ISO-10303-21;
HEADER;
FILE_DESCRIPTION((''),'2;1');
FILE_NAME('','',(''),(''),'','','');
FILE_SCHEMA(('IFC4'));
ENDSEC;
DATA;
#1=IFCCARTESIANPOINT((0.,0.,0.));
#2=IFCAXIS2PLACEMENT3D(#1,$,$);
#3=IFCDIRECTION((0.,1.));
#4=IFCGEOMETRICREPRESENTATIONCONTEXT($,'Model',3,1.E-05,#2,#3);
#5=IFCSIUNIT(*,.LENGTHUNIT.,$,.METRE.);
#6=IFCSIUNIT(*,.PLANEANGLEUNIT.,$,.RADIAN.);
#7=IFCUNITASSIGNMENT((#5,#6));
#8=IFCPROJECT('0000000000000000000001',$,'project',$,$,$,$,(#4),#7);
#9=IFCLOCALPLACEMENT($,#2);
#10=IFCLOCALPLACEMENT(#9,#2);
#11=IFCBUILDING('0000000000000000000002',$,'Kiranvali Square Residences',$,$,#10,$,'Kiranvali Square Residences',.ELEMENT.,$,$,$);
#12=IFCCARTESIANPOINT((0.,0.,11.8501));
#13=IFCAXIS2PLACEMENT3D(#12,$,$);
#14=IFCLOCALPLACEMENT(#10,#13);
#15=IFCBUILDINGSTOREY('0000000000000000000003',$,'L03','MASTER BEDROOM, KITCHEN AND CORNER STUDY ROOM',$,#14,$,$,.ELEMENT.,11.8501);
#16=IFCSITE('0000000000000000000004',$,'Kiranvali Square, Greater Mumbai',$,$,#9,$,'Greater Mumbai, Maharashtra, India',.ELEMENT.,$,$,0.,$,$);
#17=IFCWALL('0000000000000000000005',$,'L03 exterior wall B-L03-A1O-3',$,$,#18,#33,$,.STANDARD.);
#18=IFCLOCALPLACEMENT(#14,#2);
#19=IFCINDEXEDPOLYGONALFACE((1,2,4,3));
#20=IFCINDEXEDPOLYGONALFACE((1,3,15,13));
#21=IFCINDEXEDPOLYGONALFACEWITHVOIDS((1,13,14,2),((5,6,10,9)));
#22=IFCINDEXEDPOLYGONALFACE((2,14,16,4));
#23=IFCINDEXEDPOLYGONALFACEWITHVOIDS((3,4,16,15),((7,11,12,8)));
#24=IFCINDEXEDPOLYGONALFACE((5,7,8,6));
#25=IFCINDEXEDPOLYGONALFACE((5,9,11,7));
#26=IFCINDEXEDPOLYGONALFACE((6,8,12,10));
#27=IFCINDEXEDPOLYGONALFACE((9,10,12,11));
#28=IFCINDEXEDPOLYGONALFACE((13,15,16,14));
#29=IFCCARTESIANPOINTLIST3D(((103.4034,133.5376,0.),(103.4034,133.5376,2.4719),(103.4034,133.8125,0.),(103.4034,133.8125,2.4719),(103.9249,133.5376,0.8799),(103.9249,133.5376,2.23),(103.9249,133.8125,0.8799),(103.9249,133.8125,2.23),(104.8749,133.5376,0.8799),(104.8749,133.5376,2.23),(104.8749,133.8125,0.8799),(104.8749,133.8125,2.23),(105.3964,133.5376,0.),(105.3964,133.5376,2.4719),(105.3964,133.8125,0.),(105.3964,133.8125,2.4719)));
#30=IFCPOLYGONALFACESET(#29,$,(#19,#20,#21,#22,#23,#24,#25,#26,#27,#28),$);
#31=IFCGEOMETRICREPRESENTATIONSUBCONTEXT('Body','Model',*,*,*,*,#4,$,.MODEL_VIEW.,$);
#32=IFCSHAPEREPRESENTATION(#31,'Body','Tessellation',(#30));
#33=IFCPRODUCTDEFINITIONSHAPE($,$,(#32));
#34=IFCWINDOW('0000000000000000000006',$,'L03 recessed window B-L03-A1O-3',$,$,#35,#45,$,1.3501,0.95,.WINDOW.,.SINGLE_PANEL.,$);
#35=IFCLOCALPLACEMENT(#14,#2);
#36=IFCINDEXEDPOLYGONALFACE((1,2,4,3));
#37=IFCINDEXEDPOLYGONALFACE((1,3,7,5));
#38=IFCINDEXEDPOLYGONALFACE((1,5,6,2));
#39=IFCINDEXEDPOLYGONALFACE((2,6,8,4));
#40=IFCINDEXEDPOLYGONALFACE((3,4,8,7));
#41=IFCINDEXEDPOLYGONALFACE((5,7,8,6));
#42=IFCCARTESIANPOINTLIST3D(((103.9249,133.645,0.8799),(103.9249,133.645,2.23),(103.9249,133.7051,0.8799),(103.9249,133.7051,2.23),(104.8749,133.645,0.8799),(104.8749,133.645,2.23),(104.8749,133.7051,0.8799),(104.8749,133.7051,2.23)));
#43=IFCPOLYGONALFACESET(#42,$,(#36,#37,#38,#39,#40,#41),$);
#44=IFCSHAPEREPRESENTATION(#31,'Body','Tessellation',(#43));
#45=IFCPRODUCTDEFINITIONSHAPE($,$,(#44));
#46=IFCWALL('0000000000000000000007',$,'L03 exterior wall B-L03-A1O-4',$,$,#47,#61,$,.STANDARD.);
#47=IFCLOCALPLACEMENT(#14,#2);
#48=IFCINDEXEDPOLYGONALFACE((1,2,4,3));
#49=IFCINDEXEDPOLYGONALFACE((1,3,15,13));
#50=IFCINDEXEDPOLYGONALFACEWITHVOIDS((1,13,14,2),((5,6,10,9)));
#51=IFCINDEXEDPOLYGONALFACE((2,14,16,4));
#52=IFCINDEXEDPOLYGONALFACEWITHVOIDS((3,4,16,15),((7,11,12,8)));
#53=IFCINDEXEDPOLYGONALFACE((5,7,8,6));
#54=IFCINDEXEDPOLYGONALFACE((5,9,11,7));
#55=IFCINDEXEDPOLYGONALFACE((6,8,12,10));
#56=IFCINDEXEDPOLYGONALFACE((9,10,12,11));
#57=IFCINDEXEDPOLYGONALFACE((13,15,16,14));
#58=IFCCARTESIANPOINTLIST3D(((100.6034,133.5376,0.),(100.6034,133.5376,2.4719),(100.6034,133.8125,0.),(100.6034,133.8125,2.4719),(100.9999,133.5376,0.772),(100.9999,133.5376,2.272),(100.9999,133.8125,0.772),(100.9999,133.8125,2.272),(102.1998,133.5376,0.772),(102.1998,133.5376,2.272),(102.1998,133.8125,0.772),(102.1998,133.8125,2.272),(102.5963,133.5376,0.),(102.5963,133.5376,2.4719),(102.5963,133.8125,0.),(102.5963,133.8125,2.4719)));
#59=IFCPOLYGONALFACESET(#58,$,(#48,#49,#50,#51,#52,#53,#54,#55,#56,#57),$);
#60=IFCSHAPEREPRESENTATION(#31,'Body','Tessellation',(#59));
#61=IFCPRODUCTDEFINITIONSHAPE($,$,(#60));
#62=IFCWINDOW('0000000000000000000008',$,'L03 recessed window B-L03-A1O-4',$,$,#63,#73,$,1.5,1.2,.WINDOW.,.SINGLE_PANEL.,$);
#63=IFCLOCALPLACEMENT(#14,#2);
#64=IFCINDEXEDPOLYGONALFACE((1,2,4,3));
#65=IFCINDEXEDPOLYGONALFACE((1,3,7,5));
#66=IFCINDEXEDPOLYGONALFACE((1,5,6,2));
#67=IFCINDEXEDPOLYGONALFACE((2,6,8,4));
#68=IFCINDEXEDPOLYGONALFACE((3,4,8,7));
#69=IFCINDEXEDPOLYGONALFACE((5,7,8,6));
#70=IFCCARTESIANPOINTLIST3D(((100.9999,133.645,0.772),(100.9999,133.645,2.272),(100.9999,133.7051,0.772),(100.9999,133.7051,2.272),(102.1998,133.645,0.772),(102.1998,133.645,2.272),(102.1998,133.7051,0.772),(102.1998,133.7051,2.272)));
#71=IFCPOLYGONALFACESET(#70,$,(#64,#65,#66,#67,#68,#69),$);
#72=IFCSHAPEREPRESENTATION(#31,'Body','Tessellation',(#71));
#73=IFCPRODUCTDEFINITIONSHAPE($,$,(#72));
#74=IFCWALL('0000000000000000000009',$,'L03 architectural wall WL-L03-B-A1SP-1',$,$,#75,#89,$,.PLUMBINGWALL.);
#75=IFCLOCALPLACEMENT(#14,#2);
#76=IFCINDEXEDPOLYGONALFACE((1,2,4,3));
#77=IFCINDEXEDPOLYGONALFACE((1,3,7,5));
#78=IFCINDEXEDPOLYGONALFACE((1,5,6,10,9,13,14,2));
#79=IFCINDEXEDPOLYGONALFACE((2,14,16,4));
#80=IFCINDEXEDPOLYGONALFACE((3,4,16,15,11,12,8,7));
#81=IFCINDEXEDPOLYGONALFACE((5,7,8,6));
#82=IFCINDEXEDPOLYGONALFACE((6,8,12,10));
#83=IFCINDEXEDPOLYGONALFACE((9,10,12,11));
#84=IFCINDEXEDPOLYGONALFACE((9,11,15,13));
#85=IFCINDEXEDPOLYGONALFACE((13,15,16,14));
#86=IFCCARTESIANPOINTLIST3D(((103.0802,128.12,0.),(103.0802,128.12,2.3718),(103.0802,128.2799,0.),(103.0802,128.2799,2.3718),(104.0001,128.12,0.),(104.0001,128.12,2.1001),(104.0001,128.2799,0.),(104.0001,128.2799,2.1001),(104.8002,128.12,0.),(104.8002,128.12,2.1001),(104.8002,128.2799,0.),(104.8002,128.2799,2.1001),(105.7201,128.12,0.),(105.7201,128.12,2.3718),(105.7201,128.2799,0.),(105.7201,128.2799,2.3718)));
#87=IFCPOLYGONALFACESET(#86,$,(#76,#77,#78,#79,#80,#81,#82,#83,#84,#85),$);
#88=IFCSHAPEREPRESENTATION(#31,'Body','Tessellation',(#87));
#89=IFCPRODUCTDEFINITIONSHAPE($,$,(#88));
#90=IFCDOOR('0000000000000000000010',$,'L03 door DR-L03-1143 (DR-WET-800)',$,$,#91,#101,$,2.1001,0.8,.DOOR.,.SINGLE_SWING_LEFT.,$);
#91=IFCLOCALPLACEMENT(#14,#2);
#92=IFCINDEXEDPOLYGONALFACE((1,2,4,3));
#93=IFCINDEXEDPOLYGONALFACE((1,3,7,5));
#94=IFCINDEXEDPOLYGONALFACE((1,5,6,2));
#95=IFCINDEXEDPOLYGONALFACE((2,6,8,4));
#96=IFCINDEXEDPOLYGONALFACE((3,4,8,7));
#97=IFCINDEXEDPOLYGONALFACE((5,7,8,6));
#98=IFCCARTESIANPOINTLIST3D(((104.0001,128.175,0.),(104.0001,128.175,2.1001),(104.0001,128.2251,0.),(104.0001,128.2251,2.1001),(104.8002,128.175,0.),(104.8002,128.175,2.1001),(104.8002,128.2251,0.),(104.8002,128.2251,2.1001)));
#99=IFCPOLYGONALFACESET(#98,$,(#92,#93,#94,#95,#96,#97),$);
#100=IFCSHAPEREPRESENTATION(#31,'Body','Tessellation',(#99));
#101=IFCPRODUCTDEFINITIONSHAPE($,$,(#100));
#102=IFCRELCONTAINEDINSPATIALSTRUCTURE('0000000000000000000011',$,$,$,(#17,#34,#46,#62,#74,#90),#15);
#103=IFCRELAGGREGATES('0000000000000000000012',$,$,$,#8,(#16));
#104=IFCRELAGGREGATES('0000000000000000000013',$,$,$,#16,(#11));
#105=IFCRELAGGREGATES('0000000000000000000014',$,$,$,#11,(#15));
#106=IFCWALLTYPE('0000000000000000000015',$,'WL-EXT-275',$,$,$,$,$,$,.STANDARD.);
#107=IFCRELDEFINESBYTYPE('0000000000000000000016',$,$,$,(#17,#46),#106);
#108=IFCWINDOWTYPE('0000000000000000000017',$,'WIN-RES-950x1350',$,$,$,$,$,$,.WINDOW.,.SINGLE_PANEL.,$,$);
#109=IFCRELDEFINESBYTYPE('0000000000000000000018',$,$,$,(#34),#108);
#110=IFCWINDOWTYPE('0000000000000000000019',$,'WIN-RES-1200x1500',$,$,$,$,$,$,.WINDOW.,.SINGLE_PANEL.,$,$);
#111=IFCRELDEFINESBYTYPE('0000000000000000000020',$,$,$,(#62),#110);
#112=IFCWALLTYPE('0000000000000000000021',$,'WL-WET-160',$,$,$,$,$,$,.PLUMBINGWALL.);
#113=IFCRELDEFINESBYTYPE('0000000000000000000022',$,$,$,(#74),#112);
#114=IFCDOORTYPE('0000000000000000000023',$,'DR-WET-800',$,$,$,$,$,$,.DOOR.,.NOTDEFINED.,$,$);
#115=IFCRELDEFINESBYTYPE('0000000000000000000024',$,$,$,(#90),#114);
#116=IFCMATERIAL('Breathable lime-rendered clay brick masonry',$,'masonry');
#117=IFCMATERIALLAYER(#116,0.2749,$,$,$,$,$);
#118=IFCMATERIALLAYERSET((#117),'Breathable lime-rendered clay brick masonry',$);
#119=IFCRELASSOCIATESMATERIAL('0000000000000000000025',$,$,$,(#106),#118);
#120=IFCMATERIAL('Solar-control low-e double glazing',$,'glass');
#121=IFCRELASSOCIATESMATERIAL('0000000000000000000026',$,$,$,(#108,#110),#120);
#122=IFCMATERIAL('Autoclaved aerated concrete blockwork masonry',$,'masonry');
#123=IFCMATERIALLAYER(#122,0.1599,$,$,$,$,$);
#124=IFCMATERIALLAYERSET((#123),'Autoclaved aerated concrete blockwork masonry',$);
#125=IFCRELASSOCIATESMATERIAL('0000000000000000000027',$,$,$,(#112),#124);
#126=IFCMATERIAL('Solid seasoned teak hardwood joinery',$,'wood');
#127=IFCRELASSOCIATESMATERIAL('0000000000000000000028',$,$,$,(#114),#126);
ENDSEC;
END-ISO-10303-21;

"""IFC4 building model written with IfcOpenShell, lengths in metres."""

from ifc_helpers import new_model, si_unit, direction, frame, frame_2d, origin, place, context, subcontext, project, spatial, rectangle, extrude, material, layer, layer_set, type_object, element, fill, save


model = new_model("IFC4")

# Units and contexts
model_context = context("Model", 3, precision=1e-05, world=origin(), true_north=direction((0.0, 1.0)))
body_context = subcontext(model_context, "Body", "Model", "MODEL_VIEW")
ifc_project = project(units=[si_unit("LENGTHUNIT", "METRE"), si_unit("PLANEANGLEUNIT", "RADIAN")], contexts=[model_context])

# Site, building, storey
site_placement = place(None, origin())
site = spatial("IfcSite", under=ifc_project, at=site_placement, Name="Kiranvali Square, Greater Mumbai", LongName="Greater Mumbai, Maharashtra, India", CompositionType="ELEMENT", RefElevation=0.0)
building_placement = place(site_placement, origin())
building = spatial("IfcBuilding", under=site, at=building_placement, Name="Kiranvali Square Residences", LongName="Kiranvali Square Residences", CompositionType="ELEMENT")
storey_placement = place(building_placement, frame((0.0, 0.0, 11.8501)))
storey = spatial("IfcBuildingStorey", under=building, at=storey_placement, Name="L03", Description="MASTER BEDROOM, KITCHEN AND CORNER STUDY ROOM", CompositionType="ELEMENT", Elevation=11.8501)

# Walls, openings, windows
ifc_material_1 = material(Name="Breathable lime-rendered clay brick masonry", Category="masonry")
ifc_layer_1 = layer(ifc_material_1, 0.2749)
ifc_layer_set_1 = layer_set([ifc_layer_1], Name="Breathable lime-rendered clay brick masonry")
wall_type_1 = type_object("IfcWallType", Name="WL-EXT-275", PredefinedType="STANDARD", material=ifc_layer_set_1)
wall_1_placement = place(storey_placement, frame((105.3965, 133.675, 0.0), z_axis=(0.0, 0.0, 1.0), x_axis=(-1.0, 0.0, 0.0)))
wall_1 = element("IfcWall", 1, at=wall_1_placement, inside=storey, type_object=wall_type_1, Name="L03 exterior wall B-L03-A1O-3", PredefinedType="STANDARD", context=body_context, shape_type="SweptSolid", body=[
    extrude(rectangle(XDim=1.9929, YDim=0.2749, at=frame_2d((0.9966, 0.0))), origin(), (0.0, 0.0, 1.0), 2.4719),
])
opening_1_placement = place(wall_1_placement, frame((0.5215, 0.0, 0.8799)))
opening_1 = element("IfcOpeningElement", 2, at=opening_1_placement, cuts=wall_1, PredefinedType="OPENING", context=body_context, shape_type="SweptSolid", body=[
    extrude(rectangle(XDim=0.95, YDim=1.3501, at=frame_2d((0.4751, 0.675))), frame((0.0, 0.1475, 0.0), z_axis=(0.0, -1.0, 0.0), x_axis=(1.0, 0.0, 0.0)), (0.0, 0.0, 1.0), 0.2949),
])
ifc_material_2 = material(Name="Solar-control low-e double glazing", Category="glass")
window_type_1 = type_object("IfcWindowType", Name="WIN-RES-950x1350", PartitioningType="SINGLE_PANEL", PredefinedType="WINDOW", material=ifc_material_2)
window_1_placement = place(opening_1_placement, origin())
window_1 = element("IfcWindow", 3, at=window_1_placement, inside=storey, type_object=window_type_1, Name="L03 recessed window B-L03-A1O-3", OverallHeight=1.3501, OverallWidth=0.95, PartitioningType="SINGLE_PANEL", PredefinedType="WINDOW", context=body_context, shape_type="SweptSolid", body=[
    extrude(rectangle(XDim=0.95, YDim=1.3501, at=frame_2d((0.4751, 0.675))), frame((0.0, 0.03, 0.0), z_axis=(0.0, -1.0, 0.0), x_axis=(1.0, 0.0, 0.0)), (0.0, 0.0, 1.0), 0.0601),
])
fill(opening_1, window_1)
wall_2_placement = place(storey_placement, frame((102.5964, 133.675, 0.0), z_axis=(0.0, 0.0, 1.0), x_axis=(-1.0, 0.0, 0.0)))
wall_2 = element("IfcWall", 4, at=wall_2_placement, inside=storey, type_object=wall_type_1, Name="L03 exterior wall B-L03-A1O-4", PredefinedType="STANDARD", context=body_context, shape_type="SweptSolid", body=[
    extrude(rectangle(XDim=1.9929, YDim=0.2749, at=frame_2d((0.9966, 0.0))), origin(), (0.0, 0.0, 1.0), 2.4719),
])
opening_2_placement = place(wall_2_placement, frame((0.3965, 0.0, 0.772)))
opening_2 = element("IfcOpeningElement", 5, at=opening_2_placement, cuts=wall_2, PredefinedType="OPENING", context=body_context, shape_type="SweptSolid", body=[
    extrude(rectangle(XDim=1.2, YDim=1.5, at=frame_2d((0.6001, 0.75))), frame((0.0, 0.1475, 0.0), z_axis=(0.0, -1.0, 0.0), x_axis=(1.0, 0.0, 0.0)), (0.0, 0.0, 1.0), 0.2949),
])
window_type_2 = type_object("IfcWindowType", Name="WIN-RES-1200x1500", PartitioningType="SINGLE_PANEL", PredefinedType="WINDOW", material=ifc_material_2)
window_2_placement = place(opening_2_placement, origin())
window_2 = element("IfcWindow", 6, at=window_2_placement, inside=storey, type_object=window_type_2, Name="L03 recessed window B-L03-A1O-4", OverallHeight=1.5, OverallWidth=1.2, PartitioningType="SINGLE_PANEL", PredefinedType="WINDOW", context=body_context, shape_type="SweptSolid", body=[
    extrude(rectangle(XDim=1.2, YDim=1.5, at=frame_2d((0.6001, 0.75))), frame((0.0, 0.03, 0.0), z_axis=(0.0, -1.0, 0.0), x_axis=(1.0, 0.0, 0.0)), (0.0, 0.0, 1.0), 0.0601),
])
fill(opening_2, window_2)

# Wall, opening, door
ifc_material_3 = material(Name="Autoclaved aerated concrete blockwork masonry", Category="masonry")
ifc_layer_2 = layer(ifc_material_3, 0.1599)
ifc_layer_set_2 = layer_set([ifc_layer_2], Name="Autoclaved aerated concrete blockwork masonry")
wall_type_2 = type_object("IfcWallType", Name="WL-WET-160", PredefinedType="PLUMBINGWALL", material=ifc_layer_set_2)
wall_3_placement = place(storey_placement, frame((105.72, 128.2, 0.0), z_axis=(0.0, 0.0, 1.0), x_axis=(-1.0, 0.0, 0.0)))
wall_3 = element("IfcWall", 7, at=wall_3_placement, inside=storey, type_object=wall_type_2, Name="L03 architectural wall WL-L03-B-A1SP-1", PredefinedType="PLUMBINGWALL", context=body_context, shape_type="SweptSolid", body=[
    extrude(rectangle(XDim=2.6399, YDim=0.1599, at=frame_2d((1.3198, 0.0))), origin(), (0.0, 0.0, 1.0), 2.3718),
])
opening_3_placement = place(wall_3_placement, frame((0.9199, 0.0, 0.0)))
opening_3 = element("IfcOpeningElement", 8, at=opening_3_placement, cuts=wall_3, PredefinedType="OPENING", context=body_context, shape_type="SweptSolid", body=[
    extrude(rectangle(XDim=0.8, YDim=2.1001, at=frame_2d((0.3999, 1.05))), frame((0.0, 0.0898, 0.0), z_axis=(0.0, -1.0, 0.0), x_axis=(1.0, 0.0, 0.0)), (0.0, 0.0, 1.0), 0.1799),
])
ifc_material_4 = material(Name="Solid seasoned teak hardwood joinery", Category="wood")
door_type = type_object("IfcDoorType", Name="DR-WET-800", OperationType="NOTDEFINED", PredefinedType="DOOR", material=ifc_material_4)
door_placement = place(opening_3_placement, origin())
door = element("IfcDoor", 9, at=door_placement, inside=storey, type_object=door_type, Name="L03 door DR-L03-1143 (DR-WET-800)", OperationType="SINGLE_SWING_LEFT", OverallHeight=2.1001, OverallWidth=0.8, PredefinedType="DOOR", context=body_context, shape_type="SweptSolid", body=[
    extrude(rectangle(XDim=0.8, YDim=2.1001, at=frame_2d((0.3999, 1.05))), frame((0.0, 0.0249, 0.0), z_axis=(0.0, -1.0, 0.0), x_axis=(1.0, 0.0, 0.0)), (0.0, 0.0, 1.0), 0.05),
])
fill(opening_3, door)

save(model, "model.ifc")
